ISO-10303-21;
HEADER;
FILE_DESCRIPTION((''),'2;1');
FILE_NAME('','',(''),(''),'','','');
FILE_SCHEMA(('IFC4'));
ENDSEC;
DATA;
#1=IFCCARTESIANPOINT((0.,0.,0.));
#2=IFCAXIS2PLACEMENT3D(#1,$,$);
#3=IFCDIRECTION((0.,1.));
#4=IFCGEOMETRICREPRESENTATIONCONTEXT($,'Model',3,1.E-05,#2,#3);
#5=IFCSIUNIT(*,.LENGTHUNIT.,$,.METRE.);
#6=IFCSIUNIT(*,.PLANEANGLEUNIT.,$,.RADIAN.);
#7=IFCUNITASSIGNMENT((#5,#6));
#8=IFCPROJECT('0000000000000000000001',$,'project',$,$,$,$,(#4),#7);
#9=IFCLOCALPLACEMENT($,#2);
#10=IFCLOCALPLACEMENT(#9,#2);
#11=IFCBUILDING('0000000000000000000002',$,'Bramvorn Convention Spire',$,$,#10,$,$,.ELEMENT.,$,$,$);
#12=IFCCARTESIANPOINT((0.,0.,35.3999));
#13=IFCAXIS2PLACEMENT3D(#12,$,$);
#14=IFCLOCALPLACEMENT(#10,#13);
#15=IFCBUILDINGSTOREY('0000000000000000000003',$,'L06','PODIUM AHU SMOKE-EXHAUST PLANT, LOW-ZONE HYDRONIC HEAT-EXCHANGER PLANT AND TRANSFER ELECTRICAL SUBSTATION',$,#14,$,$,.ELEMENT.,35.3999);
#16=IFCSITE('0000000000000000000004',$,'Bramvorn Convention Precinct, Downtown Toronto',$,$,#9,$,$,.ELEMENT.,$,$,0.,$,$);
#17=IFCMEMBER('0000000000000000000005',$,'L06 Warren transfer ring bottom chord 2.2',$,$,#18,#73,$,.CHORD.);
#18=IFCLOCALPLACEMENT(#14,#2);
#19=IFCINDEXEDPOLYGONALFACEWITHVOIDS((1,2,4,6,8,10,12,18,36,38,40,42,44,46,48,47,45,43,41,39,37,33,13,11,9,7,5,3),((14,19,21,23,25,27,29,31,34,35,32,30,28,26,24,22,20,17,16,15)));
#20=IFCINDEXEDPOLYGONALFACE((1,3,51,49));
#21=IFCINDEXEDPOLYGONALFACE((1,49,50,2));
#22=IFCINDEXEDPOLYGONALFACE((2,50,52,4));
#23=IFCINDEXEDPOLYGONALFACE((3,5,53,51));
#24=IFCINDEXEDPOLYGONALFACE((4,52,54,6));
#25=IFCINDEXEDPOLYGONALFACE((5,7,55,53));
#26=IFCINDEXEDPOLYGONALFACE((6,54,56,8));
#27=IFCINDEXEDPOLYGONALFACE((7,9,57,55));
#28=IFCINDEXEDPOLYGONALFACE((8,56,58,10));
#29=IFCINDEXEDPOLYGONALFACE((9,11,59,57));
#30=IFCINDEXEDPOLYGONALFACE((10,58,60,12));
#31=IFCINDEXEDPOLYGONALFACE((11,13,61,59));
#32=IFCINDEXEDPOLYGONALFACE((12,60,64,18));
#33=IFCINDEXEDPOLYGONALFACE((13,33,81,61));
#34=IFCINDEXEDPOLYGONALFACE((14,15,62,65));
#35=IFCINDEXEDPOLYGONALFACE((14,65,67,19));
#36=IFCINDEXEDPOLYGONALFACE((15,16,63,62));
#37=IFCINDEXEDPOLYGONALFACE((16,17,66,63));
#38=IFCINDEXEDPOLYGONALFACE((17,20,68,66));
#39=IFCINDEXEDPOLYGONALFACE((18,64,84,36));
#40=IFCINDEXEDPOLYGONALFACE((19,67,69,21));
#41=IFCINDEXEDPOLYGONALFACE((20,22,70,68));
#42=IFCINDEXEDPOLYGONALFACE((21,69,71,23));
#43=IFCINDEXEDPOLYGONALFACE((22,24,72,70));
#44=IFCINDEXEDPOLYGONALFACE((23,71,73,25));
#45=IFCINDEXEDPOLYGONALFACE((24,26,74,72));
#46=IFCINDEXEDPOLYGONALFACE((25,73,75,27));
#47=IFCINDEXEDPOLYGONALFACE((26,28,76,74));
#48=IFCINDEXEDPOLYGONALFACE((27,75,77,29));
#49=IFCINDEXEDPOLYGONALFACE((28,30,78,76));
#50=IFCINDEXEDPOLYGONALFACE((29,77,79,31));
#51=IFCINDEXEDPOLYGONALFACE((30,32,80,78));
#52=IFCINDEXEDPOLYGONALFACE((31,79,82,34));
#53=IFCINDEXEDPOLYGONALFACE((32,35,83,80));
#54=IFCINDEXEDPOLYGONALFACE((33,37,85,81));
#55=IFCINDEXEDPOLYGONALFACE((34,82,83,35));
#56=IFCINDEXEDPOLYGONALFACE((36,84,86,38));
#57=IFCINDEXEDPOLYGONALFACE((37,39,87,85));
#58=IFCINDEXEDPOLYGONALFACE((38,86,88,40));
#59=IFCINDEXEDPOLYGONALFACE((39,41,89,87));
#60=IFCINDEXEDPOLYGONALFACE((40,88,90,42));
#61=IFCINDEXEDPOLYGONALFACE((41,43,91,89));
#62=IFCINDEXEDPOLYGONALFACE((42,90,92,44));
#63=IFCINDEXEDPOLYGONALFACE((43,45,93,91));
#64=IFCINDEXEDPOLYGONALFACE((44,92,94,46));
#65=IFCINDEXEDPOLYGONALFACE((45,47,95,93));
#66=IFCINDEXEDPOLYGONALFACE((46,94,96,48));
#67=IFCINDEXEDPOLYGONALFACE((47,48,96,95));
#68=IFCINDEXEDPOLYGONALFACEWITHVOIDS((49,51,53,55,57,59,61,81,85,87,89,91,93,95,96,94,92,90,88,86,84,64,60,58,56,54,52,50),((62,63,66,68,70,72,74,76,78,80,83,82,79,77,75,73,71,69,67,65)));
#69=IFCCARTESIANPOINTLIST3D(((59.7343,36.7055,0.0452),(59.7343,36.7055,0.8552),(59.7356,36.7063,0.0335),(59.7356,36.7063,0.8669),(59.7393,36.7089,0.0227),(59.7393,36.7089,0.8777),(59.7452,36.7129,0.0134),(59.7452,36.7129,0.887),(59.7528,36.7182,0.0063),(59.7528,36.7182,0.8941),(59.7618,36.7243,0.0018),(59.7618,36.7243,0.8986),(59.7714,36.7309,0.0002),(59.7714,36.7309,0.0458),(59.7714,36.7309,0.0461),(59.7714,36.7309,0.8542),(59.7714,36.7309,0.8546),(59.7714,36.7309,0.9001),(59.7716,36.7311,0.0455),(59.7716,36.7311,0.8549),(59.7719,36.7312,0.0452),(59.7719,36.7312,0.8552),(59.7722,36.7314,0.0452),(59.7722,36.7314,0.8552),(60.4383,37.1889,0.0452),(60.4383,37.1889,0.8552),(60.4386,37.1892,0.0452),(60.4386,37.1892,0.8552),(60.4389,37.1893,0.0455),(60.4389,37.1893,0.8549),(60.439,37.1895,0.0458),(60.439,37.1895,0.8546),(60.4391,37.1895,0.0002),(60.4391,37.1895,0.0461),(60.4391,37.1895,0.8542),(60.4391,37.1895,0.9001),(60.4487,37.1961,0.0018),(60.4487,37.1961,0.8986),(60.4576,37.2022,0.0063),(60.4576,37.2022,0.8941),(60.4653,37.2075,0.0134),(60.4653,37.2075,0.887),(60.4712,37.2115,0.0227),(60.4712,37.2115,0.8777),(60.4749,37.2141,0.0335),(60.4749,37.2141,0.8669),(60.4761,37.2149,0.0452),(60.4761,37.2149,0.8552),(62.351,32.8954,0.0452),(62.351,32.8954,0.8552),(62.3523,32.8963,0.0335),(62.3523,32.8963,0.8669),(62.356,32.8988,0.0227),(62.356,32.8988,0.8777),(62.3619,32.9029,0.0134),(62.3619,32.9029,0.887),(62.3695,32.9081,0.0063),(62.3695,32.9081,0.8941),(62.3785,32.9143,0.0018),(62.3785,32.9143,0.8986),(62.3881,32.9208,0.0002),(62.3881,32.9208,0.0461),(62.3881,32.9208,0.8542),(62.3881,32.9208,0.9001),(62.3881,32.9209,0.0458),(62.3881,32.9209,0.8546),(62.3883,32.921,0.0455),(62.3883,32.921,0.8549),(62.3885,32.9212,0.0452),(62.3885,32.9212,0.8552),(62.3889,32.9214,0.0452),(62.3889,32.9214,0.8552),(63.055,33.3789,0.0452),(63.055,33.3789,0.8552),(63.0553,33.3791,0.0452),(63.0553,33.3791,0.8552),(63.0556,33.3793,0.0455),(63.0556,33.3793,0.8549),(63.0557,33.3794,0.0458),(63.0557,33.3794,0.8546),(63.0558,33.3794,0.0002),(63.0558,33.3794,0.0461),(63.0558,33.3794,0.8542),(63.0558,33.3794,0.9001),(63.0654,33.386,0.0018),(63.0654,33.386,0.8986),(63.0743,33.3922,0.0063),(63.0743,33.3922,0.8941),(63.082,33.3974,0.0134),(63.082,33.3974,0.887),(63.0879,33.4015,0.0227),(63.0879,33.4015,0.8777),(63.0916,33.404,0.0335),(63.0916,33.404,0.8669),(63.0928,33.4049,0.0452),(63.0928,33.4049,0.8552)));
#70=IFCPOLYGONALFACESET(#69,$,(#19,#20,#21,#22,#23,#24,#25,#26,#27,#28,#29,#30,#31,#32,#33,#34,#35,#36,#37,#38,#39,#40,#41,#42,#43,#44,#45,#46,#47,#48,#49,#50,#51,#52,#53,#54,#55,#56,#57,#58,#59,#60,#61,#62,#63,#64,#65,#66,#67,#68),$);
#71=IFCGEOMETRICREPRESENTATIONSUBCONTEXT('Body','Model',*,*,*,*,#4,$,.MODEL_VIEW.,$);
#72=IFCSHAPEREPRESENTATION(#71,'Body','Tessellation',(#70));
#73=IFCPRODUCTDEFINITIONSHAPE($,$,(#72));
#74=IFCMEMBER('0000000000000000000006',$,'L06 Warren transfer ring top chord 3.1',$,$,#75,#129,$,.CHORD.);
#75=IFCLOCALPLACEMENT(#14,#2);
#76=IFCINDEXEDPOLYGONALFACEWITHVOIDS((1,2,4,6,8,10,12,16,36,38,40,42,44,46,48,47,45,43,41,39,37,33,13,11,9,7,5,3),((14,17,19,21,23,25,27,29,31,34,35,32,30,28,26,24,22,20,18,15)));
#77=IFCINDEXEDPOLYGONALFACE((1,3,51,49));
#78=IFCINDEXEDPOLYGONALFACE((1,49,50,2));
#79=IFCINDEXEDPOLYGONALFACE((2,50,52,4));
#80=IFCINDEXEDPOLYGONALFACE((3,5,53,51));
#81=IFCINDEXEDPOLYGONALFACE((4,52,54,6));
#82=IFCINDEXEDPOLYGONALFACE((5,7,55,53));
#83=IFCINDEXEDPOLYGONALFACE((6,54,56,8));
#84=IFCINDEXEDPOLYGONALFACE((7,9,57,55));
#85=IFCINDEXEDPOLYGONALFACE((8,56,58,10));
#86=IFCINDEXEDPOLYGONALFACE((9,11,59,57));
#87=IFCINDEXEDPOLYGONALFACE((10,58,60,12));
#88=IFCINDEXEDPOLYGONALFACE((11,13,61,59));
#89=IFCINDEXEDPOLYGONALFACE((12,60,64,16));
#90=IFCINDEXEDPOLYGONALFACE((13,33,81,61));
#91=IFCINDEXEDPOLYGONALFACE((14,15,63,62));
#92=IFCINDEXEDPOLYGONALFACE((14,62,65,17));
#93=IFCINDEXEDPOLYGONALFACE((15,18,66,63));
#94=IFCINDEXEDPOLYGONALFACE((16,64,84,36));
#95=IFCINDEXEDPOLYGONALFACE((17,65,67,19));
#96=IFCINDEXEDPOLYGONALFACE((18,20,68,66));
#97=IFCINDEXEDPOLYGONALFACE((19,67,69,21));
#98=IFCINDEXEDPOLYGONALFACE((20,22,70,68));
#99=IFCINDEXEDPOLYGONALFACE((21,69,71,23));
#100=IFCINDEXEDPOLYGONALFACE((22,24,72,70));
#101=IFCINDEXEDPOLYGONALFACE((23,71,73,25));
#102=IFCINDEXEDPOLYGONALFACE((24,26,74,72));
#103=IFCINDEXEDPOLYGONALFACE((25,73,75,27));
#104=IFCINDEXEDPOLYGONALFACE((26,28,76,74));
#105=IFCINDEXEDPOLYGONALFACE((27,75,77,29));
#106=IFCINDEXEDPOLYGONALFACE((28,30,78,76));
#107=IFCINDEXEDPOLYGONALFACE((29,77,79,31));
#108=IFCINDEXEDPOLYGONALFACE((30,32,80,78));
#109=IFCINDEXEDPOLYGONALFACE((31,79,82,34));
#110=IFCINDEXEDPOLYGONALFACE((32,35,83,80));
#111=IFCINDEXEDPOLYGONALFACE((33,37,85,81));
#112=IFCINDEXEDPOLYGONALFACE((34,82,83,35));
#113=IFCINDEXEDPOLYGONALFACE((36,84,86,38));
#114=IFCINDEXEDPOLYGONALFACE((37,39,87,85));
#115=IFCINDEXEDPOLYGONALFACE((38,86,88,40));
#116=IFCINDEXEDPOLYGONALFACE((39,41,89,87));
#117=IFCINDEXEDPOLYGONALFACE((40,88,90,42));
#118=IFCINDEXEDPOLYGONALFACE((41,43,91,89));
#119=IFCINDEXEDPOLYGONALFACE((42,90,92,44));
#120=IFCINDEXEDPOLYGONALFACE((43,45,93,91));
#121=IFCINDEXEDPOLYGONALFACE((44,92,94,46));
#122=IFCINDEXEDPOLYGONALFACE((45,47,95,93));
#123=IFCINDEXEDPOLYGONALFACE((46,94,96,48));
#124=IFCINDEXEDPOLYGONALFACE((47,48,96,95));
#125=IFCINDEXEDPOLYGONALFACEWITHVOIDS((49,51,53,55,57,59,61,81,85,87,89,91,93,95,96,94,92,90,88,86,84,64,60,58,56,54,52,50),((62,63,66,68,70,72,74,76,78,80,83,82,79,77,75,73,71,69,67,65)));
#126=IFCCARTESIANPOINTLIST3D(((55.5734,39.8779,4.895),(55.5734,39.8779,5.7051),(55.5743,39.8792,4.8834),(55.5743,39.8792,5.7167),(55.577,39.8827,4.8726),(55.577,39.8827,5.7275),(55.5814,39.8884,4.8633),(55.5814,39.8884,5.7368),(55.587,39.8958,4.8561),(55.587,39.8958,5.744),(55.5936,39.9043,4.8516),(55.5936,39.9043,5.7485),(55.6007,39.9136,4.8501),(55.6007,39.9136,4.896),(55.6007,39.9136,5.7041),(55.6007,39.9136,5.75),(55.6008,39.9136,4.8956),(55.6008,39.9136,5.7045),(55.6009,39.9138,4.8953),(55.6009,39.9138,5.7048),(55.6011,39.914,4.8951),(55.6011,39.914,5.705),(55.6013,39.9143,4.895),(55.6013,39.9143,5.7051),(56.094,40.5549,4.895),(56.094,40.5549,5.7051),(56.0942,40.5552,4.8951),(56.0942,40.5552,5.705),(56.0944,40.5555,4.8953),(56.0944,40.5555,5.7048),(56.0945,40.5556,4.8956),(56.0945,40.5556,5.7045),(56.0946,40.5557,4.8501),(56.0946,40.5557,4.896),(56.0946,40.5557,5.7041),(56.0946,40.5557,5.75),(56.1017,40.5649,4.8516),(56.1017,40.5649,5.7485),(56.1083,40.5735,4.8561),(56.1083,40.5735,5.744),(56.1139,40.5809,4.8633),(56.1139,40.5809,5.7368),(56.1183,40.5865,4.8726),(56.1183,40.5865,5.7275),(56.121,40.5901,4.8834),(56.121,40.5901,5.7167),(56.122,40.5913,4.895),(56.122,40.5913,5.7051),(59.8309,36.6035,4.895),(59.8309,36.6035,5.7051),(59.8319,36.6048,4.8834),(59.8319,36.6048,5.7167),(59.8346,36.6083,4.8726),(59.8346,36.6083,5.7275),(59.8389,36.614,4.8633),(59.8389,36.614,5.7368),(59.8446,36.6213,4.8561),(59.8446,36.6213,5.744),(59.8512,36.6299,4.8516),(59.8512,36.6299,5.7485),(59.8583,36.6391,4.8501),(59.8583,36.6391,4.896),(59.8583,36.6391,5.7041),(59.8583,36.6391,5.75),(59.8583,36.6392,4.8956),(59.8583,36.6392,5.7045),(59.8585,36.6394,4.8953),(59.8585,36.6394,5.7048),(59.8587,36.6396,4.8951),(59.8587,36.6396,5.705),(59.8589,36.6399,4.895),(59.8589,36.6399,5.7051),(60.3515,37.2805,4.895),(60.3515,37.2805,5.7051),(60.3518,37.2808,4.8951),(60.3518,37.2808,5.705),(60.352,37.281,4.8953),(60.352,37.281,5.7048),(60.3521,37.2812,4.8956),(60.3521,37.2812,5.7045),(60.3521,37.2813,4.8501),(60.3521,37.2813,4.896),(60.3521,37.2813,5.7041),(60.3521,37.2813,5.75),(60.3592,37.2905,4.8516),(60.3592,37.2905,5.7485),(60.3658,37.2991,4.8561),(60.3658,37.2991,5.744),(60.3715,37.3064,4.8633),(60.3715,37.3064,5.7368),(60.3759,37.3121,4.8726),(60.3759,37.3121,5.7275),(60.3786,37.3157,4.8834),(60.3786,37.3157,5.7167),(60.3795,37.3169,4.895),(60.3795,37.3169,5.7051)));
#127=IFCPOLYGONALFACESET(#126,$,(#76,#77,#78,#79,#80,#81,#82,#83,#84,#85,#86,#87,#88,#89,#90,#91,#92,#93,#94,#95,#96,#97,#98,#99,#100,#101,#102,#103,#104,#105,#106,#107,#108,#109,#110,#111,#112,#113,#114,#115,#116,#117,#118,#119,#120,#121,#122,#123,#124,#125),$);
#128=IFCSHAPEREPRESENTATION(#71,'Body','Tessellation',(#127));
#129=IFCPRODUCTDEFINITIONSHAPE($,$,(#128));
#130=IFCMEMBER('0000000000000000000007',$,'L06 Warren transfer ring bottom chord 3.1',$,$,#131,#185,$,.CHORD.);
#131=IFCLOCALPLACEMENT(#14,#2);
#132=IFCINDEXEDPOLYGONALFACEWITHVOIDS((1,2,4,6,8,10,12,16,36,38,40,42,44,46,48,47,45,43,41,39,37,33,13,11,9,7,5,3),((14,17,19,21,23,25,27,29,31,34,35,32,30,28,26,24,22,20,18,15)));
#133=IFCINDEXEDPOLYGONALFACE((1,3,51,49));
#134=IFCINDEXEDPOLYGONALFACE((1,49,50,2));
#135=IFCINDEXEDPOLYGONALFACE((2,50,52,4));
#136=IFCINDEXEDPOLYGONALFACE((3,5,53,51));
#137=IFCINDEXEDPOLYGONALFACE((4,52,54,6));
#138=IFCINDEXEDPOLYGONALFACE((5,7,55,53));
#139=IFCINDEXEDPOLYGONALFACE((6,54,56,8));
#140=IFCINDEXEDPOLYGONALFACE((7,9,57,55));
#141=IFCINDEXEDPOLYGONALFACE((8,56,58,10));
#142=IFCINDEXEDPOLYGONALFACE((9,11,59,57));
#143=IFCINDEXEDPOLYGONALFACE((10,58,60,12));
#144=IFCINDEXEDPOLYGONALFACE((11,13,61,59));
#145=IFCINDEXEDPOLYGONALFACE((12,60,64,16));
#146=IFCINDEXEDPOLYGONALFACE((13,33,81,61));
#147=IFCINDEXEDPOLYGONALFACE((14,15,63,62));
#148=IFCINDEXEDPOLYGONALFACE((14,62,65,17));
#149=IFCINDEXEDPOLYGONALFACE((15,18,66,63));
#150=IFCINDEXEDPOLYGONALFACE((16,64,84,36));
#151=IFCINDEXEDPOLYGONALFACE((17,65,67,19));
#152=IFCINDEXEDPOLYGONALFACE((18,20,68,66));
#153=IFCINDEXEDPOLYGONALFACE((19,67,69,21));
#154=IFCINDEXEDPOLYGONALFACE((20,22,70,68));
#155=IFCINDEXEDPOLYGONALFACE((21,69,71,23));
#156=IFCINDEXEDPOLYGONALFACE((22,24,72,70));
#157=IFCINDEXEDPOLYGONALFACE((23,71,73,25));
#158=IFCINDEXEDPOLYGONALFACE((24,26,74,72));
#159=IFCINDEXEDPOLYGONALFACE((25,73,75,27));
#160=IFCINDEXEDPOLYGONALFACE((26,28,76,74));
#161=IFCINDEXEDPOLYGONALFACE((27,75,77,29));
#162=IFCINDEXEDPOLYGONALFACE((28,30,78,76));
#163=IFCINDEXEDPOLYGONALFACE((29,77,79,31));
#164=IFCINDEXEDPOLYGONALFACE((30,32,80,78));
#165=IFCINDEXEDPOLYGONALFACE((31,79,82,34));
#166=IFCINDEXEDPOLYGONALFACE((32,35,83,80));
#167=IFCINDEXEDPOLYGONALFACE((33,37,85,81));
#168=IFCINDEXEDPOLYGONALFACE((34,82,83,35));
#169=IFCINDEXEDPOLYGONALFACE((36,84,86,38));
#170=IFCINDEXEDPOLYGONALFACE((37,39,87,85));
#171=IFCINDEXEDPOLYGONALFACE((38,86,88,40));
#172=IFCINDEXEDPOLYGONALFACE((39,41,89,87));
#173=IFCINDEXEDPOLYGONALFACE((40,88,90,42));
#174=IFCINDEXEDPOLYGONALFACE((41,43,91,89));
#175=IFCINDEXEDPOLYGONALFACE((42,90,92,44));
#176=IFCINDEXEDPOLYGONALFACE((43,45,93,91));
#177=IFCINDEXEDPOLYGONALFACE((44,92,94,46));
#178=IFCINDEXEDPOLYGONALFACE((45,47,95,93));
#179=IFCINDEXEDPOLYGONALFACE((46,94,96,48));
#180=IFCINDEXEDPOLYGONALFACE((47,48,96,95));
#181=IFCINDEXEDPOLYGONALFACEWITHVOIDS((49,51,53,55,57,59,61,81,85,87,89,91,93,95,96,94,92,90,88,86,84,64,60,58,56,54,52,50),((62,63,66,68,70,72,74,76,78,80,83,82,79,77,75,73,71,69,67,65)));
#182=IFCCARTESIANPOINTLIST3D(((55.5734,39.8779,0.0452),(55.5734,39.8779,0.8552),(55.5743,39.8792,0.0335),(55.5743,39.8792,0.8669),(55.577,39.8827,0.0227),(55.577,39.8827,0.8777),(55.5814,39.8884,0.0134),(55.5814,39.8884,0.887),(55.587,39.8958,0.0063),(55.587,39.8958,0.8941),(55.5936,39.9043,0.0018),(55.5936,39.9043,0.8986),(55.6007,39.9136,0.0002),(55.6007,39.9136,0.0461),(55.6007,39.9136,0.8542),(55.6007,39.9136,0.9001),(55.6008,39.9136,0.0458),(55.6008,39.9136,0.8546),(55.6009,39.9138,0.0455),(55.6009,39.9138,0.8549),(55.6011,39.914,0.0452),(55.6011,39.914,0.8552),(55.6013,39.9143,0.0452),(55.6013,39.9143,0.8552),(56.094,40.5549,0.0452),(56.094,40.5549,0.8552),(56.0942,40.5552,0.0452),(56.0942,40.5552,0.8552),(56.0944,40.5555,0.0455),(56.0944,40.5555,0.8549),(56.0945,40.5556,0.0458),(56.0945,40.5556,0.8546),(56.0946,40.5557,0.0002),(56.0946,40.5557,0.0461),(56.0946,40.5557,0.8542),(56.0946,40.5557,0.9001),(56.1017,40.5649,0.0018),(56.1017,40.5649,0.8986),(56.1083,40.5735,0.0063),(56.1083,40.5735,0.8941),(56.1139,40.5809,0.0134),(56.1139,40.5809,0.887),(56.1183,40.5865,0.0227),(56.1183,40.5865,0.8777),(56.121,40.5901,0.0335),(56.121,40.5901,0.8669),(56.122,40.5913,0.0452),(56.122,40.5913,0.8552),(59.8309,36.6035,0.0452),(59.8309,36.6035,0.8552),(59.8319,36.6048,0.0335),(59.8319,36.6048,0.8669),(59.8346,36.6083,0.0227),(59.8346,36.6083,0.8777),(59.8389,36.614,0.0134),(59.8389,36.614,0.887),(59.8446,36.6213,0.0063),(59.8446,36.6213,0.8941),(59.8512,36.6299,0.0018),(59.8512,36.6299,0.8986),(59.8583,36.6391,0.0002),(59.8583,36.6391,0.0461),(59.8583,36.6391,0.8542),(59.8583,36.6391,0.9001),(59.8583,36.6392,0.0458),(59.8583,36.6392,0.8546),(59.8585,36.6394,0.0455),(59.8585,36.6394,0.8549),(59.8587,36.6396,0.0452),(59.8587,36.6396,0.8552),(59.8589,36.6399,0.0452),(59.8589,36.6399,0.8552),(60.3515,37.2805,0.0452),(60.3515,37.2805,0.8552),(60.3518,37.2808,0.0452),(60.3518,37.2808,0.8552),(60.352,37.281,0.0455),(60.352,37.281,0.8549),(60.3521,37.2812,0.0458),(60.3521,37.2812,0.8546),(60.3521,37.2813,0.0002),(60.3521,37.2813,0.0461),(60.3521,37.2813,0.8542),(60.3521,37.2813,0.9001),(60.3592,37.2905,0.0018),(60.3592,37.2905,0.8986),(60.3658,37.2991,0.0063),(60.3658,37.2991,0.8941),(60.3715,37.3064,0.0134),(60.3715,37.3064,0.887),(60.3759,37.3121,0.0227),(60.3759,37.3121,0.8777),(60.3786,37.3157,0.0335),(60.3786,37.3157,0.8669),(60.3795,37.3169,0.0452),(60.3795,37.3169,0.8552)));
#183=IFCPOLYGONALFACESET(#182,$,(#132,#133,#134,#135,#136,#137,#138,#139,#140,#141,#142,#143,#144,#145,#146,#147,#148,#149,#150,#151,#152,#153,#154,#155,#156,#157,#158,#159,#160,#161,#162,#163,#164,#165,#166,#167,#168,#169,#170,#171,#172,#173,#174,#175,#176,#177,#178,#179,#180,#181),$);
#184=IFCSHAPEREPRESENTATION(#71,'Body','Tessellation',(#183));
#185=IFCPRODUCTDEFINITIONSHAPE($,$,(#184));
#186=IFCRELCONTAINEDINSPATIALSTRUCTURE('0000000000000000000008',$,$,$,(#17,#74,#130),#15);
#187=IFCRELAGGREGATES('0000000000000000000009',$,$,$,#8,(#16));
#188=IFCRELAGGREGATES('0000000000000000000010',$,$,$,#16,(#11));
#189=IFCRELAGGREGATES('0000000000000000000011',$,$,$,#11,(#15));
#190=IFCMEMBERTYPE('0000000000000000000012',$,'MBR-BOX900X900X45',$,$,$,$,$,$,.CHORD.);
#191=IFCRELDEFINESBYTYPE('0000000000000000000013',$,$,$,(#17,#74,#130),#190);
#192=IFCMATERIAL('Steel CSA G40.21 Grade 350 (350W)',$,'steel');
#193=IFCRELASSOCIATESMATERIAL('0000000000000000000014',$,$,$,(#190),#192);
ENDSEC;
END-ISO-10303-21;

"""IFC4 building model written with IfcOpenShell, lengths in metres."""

from ifc_helpers import new_model, si_unit, direction, frame, origin, origin_2d, place, context, subcontext, project, spatial, hollow_rectangle, extrude, material, material_profile, profile_set, type_object, element, save


model = new_model("IFC4")

# Units and contexts
model_context = context("Model", 3, precision=1e-05, world=origin(), true_north=direction((0.0, 1.0)))
body_context = subcontext(model_context, "Body", "Model", "MODEL_VIEW")
ifc_project = project(units=[si_unit("LENGTHUNIT", "METRE"), si_unit("PLANEANGLEUNIT", "RADIAN")], contexts=[model_context])

# Site, building, storey
site_placement = place(None, origin())
site = spatial("IfcSite", under=ifc_project, at=site_placement, Name="Bramvorn Convention Precinct, Downtown Toronto", CompositionType="ELEMENT", RefElevation=0.0)
building_placement = place(site_placement, origin())
building = spatial("IfcBuilding", under=site, at=building_placement, Name="Bramvorn Convention Spire", CompositionType="ELEMENT")
storey_placement = place(building_placement, frame((0.0, 0.0, 35.3999)))
storey = spatial("IfcBuildingStorey", under=building, at=storey_placement, Name="L06", Description="PODIUM AHU SMOKE-EXHAUST PLANT, LOW-ZONE HYDRONIC HEAT-EXCHANGER PLANT AND TRANSFER ELECTRICAL SUBSTATION", CompositionType="ELEMENT", Elevation=35.3999)

# Shared definitions
ifc_material_1 = material(Name="Steel CSA G40.21 Grade 350 (350W)", Category="steel")

# Members
ifc_material_profile_1 = material_profile(ifc_material_1, hollow_rectangle(XDim=0.8999, YDim=0.8999, WallThickness=0.0449, InnerFilletRadius=0.001, OuterFilletRadius=0.0449, at=origin_2d()))
ifc_profile_set_1 = profile_set([ifc_material_profile_1], Name="Steel CSA G40.21 Grade 350 (350W) - BOX900X900X45")
member_type_1 = type_object("IfcMemberType", Name="MBR-BOX900X900X45", PredefinedType="CHORD", material=ifc_profile_set_1)
for number, where, z_axis, x_axis, name in (
    (1, (62.7219, 33.1501, 0.4502), (-0.56613, 0.824316, 0.0), (-0.824316, -0.56613, 0.0), "L06 Warren transfer ring bottom chord 2.2"),
):
    element("IfcMember", number, at=place(storey_placement, frame(where, z_axis=z_axis, x_axis=x_axis)), inside=storey, type_object=member_type_1, Name=name, PredefinedType="CHORD", context=body_context, shape_type="SweptSolid", body=[
        extrude(hollow_rectangle(XDim=0.8999, YDim=0.8999, WallThickness=0.0449, InnerFilletRadius=0.001, OuterFilletRadius=0.0449, at=origin_2d()), origin(), (0.0, 0.0, 1.0), 4.6221),
    ])
for number, where, z_axis, x_axis, name in (
    (2, (60.1052, 36.9602, 5.3), (-0.792681, 0.609636, 0.0), (-0.609636, -0.792681, 0.0), "L06 Warren transfer ring top chord 3.1"),
    (3, (60.1052, 36.9602, 0.4502), (-0.792681, 0.609636, 0.0), (-0.609636, -0.792681, 0.0), "L06 Warren transfer ring bottom chord 3.1"),
):
    element("IfcMember", number, at=place(storey_placement, frame(where, z_axis=z_axis, x_axis=x_axis)), inside=storey, type_object=member_type_1, Name=name, PredefinedType="CHORD", context=body_context, shape_type="SweptSolid", body=[
        extrude(hollow_rectangle(XDim=0.8999, YDim=0.8999, WallThickness=0.0449, InnerFilletRadius=0.001, OuterFilletRadius=0.0449, at=origin_2d()), origin(), (0.0, 0.0, 1.0), 5.3711),
    ])

save(model, "model.ifc")
